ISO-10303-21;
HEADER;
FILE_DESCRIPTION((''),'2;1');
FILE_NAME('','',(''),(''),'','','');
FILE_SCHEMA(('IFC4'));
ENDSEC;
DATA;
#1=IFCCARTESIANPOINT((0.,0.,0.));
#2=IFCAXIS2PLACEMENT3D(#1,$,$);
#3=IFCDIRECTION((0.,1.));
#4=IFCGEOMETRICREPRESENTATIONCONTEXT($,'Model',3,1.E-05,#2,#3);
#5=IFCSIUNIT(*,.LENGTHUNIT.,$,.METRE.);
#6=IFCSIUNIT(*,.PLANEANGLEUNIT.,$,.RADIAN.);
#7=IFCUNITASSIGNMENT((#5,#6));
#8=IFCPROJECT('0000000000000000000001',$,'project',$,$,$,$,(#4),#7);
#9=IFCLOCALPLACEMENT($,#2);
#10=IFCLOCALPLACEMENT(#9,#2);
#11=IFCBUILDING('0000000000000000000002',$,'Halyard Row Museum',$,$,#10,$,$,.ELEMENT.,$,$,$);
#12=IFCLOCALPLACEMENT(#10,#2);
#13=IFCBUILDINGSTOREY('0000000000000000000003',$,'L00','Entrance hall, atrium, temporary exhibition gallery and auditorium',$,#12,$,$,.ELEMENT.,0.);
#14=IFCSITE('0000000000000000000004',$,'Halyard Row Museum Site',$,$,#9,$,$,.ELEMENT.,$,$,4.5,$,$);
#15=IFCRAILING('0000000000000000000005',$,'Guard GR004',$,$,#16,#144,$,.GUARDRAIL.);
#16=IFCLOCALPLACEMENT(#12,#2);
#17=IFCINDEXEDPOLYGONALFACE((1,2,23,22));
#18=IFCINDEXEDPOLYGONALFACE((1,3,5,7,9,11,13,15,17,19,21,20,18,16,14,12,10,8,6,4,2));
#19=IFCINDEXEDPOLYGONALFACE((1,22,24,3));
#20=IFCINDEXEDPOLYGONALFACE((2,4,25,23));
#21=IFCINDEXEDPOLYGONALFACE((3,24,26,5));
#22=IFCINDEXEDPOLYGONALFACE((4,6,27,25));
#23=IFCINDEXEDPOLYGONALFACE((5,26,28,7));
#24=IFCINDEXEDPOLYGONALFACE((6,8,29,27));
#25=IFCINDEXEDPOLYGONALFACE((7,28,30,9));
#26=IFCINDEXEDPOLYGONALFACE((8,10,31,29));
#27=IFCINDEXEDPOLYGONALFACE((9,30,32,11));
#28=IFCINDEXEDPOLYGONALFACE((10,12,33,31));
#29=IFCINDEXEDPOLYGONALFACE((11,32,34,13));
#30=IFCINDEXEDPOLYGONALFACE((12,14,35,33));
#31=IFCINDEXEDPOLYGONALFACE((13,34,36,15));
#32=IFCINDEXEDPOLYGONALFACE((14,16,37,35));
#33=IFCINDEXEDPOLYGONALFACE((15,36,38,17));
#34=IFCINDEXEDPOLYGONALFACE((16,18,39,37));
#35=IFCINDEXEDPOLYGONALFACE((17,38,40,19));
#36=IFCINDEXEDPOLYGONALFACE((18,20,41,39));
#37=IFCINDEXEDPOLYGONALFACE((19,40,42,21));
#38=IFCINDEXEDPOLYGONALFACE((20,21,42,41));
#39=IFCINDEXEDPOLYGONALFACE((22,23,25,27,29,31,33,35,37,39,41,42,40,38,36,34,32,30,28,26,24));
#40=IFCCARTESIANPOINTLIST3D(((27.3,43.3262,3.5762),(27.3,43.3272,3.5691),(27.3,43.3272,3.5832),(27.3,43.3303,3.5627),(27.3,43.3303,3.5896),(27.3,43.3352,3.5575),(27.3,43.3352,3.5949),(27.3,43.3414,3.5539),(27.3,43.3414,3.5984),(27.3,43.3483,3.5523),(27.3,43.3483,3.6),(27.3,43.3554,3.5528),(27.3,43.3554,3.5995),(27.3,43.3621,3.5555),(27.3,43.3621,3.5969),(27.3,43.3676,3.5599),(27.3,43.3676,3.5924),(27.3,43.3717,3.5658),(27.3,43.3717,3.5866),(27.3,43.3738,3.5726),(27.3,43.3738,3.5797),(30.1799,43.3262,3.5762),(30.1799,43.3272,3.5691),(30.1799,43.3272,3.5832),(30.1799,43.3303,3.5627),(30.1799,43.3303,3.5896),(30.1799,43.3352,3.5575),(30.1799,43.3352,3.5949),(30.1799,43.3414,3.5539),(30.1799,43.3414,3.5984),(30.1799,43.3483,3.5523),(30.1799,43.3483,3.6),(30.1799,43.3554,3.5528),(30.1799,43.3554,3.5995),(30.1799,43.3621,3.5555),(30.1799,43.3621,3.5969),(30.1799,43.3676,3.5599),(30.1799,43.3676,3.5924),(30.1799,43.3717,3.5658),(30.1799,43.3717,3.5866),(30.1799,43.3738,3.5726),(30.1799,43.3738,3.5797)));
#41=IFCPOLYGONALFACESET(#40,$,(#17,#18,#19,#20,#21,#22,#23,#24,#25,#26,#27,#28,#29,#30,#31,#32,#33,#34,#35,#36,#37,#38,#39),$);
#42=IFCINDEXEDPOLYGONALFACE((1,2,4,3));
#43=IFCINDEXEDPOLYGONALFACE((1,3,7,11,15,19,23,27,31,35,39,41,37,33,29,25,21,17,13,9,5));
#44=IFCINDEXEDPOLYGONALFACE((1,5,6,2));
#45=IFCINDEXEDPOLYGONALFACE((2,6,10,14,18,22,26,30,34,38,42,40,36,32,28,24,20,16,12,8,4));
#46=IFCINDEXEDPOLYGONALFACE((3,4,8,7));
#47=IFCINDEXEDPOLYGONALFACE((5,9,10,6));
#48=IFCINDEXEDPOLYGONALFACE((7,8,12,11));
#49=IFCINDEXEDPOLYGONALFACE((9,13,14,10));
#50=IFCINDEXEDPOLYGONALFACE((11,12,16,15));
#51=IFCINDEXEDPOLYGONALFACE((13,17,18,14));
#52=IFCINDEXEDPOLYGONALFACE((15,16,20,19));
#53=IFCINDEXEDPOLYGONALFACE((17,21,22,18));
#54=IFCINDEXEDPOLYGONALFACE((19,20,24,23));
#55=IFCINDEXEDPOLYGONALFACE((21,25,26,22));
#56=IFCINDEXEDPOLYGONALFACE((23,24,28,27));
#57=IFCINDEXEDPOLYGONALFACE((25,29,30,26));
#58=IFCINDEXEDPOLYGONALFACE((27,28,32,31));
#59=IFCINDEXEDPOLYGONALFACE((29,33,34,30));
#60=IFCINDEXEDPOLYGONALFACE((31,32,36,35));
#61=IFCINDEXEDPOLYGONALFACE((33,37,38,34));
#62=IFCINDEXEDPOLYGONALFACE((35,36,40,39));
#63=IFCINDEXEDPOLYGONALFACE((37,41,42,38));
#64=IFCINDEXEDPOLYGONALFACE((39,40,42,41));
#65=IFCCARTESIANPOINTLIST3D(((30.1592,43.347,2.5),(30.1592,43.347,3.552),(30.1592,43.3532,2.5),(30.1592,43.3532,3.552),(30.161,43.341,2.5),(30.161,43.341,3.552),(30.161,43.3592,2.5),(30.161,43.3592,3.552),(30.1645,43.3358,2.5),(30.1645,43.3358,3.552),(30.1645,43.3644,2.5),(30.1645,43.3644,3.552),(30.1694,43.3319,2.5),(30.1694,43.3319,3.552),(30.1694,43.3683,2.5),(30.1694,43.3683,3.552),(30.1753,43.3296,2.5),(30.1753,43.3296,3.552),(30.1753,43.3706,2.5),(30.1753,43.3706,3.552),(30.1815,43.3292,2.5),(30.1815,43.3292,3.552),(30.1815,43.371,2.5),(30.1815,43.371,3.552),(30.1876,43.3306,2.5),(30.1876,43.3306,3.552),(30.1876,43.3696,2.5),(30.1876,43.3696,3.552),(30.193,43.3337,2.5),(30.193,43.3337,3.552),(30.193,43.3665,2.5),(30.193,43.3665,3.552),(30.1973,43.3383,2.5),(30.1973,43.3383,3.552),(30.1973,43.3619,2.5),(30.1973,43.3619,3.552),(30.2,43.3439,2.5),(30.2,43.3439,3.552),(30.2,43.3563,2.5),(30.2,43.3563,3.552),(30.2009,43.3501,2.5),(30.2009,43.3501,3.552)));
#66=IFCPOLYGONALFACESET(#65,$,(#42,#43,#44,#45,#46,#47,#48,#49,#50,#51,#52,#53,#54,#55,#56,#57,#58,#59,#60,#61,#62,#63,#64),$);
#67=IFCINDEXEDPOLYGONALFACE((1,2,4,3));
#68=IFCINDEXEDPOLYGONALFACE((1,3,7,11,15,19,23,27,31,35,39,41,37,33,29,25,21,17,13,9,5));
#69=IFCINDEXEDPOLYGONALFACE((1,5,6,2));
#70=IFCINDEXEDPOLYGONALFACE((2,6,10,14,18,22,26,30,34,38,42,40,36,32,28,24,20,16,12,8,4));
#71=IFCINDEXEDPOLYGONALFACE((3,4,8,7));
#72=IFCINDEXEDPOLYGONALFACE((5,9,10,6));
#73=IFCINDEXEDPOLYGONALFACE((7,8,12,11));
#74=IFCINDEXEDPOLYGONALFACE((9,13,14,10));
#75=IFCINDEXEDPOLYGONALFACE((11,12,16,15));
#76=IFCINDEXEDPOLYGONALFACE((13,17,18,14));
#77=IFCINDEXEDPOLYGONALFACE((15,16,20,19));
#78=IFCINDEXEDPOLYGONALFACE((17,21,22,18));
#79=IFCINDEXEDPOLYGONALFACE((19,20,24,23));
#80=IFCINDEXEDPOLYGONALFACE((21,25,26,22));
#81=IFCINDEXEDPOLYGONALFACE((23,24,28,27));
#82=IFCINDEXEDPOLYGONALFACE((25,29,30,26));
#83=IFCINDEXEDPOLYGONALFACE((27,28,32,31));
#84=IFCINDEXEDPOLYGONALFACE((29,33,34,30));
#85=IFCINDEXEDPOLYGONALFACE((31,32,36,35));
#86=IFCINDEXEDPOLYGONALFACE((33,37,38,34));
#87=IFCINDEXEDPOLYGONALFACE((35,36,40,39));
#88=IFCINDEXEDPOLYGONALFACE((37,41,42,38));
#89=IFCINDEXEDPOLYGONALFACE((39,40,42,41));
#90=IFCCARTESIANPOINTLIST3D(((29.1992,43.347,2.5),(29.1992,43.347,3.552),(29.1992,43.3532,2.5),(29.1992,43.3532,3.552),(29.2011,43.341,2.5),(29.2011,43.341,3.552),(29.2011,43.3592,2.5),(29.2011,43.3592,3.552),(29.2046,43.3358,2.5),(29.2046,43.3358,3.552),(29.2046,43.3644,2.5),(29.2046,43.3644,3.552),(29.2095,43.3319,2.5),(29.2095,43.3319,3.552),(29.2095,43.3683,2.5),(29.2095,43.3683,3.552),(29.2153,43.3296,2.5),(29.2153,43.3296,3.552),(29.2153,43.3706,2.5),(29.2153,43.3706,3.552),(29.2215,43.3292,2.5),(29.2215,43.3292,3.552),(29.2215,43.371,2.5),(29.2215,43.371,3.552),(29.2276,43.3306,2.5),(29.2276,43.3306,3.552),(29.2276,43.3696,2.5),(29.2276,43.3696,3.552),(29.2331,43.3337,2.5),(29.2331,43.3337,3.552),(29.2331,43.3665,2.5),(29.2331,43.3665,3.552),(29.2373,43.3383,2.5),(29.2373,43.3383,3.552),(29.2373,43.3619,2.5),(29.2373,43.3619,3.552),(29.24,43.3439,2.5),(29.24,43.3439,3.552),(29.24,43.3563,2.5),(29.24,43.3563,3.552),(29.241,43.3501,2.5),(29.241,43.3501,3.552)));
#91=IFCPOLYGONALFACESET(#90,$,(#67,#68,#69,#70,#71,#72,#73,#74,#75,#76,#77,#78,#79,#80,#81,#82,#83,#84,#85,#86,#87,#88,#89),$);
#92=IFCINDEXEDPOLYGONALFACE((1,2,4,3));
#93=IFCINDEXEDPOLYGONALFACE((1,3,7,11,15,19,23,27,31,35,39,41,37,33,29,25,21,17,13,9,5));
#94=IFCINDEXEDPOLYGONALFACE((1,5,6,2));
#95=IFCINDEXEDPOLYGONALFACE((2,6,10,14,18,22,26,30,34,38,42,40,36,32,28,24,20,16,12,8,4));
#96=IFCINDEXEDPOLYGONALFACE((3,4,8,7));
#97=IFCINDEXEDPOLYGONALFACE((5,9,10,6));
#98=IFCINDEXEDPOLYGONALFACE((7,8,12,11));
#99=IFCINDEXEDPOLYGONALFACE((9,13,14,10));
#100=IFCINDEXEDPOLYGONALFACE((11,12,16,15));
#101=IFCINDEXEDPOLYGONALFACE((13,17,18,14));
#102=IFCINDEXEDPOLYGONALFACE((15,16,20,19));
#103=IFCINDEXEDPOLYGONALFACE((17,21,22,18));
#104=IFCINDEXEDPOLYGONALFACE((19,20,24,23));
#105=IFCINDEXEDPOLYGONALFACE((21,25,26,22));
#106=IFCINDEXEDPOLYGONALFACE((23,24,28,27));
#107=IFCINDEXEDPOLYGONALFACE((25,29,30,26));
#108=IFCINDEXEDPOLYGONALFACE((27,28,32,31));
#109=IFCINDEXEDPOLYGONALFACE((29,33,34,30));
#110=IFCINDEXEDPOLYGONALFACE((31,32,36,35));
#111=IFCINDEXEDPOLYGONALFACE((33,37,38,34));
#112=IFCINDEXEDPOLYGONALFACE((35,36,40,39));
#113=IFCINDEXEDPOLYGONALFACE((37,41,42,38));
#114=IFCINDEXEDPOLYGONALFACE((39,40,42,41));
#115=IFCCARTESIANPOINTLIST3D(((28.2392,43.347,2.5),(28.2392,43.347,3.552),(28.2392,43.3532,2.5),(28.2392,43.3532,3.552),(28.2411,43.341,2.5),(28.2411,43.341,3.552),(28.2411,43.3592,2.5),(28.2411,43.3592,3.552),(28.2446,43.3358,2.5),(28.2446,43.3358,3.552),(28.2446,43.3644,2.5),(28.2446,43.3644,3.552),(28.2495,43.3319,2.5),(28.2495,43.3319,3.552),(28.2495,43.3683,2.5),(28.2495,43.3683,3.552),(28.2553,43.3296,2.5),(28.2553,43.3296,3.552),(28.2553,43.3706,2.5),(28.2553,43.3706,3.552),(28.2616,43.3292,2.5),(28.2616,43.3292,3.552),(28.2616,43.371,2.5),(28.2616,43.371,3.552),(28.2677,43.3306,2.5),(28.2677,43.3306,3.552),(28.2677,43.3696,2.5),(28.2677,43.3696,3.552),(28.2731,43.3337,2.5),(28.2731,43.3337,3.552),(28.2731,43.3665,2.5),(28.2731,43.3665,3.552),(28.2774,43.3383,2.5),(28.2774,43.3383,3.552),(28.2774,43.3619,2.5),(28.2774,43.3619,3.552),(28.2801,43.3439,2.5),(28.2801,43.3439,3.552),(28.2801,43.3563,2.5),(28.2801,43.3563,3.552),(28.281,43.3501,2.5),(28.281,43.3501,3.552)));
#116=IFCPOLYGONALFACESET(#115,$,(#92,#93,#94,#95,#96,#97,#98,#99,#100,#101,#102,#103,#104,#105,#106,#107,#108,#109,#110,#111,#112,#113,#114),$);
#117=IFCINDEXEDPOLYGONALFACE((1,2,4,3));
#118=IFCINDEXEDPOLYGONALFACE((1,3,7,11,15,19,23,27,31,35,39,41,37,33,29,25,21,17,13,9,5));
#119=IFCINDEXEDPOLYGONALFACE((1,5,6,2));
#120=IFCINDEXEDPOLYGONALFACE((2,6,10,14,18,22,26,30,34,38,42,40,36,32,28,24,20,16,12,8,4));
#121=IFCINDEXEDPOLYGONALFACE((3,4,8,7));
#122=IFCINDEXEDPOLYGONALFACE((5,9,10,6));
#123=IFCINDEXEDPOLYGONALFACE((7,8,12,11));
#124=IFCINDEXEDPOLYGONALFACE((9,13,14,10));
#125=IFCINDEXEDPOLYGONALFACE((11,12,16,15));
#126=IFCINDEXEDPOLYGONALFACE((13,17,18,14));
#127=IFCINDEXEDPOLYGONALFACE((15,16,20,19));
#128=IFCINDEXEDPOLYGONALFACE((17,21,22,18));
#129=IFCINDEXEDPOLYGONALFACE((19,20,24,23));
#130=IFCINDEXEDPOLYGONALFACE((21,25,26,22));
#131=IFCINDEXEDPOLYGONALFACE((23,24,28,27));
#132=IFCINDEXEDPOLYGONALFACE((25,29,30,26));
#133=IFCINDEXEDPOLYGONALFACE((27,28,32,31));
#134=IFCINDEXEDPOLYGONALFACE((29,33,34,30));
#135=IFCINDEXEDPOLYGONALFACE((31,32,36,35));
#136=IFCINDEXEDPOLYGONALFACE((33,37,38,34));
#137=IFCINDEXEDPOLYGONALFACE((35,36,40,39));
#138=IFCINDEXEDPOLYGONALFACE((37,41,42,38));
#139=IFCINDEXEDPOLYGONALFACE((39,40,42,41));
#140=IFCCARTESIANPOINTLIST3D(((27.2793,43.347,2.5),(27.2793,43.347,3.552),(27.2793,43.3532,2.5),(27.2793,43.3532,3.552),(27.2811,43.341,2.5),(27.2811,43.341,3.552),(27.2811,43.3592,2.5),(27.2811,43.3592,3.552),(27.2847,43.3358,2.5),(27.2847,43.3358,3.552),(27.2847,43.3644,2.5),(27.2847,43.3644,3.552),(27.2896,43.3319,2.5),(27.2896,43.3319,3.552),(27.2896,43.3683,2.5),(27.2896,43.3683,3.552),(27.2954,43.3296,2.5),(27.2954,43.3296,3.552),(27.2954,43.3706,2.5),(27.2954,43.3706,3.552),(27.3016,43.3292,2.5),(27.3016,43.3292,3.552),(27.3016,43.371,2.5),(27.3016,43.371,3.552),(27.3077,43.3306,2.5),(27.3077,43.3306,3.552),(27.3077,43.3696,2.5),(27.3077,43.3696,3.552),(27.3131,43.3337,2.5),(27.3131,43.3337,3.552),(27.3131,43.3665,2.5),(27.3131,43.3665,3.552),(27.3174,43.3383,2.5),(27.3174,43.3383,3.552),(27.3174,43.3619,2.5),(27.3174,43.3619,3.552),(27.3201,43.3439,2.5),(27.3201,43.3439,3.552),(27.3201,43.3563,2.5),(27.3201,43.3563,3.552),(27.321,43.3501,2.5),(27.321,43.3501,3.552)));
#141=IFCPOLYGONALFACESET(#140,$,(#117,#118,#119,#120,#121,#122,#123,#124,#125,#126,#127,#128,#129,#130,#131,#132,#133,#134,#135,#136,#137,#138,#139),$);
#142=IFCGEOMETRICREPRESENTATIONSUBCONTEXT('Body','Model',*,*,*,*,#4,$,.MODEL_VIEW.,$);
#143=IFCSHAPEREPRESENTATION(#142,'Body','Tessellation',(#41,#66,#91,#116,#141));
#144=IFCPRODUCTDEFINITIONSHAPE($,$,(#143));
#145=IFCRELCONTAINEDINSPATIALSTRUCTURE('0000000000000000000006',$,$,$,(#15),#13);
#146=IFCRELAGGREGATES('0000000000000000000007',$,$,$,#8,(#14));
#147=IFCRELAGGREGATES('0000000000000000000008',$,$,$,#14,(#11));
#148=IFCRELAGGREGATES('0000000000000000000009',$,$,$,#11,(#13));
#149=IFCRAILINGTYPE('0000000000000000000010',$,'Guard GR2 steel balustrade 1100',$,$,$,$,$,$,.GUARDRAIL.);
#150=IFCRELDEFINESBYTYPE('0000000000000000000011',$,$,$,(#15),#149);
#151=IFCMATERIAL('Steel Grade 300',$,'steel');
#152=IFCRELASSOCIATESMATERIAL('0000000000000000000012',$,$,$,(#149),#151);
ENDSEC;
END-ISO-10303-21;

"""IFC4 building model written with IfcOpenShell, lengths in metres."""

from ifc_helpers import new_model, si_unit, direction, frame, origin, origin_2d, place, context, subcontext, project, spatial, circle, extrude, material, type_object, element, save


model = new_model("IFC4")

# Units and contexts
model_context = context("Model", 3, precision=1e-05, world=origin(), true_north=direction((0.0, 1.0)))
body_context = subcontext(model_context, "Body", "Model", "MODEL_VIEW")
ifc_project = project(units=[si_unit("LENGTHUNIT", "METRE"), si_unit("PLANEANGLEUNIT", "RADIAN")], contexts=[model_context])

# Site, building, storey
site_placement = place(None, origin())
site = spatial("IfcSite", under=ifc_project, at=site_placement, Name="Halyard Row Museum Site", CompositionType="ELEMENT", RefElevation=4.5)
building_placement = place(site_placement, origin())
building = spatial("IfcBuilding", under=site, at=building_placement, Name="Halyard Row Museum", CompositionType="ELEMENT")
storey_placement = place(building_placement, origin())
storey = spatial("IfcBuildingStorey", under=building, at=storey_placement, Name="L00", Description="Entrance hall, atrium, temporary exhibition gallery and auditorium", CompositionType="ELEMENT", Elevation=0.0)

# Railing
ifc_material_1 = material(Name="Steel Grade 300", Category="steel")
railing_type_1 = type_object("IfcRailingType", Name="Guard GR2 steel balustrade 1100", PredefinedType="GUARDRAIL", material=ifc_material_1)
railing_1_placement = place(storey_placement, frame((30.1799, 43.3501, 2.5)))
element("IfcRailing", 1, at=railing_1_placement, inside=storey, type_object=railing_type_1, Name="Guard GR004", PredefinedType="GUARDRAIL", context=body_context, shape_type="SweptSolid", body=[
    extrude(circle(Radius=0.0239, at=origin_2d()), frame((0.0, 0.0, 1.0762), z_axis=(-1.0, 0.0, 0.0), x_axis=(0.0, -1.0, 0.0)), (0.0, 0.0, 1.0), 2.8799),
    extrude(circle(Radius=0.021, at=origin_2d()), origin(), (0.0, 0.0, 1.0), 1.052),
    extrude(circle(Radius=0.021, at=origin_2d()), frame((-0.96, 0.0, 0.0)), (0.0, 0.0, 1.0), 1.052),
    extrude(circle(Radius=0.021, at=origin_2d()), frame((-1.9199, 0.0, 0.0)), (0.0, 0.0, 1.0), 1.052),
    extrude(circle(Radius=0.021, at=origin_2d()), frame((-2.8799, 0.0, 0.0)), (0.0, 0.0, 1.0), 1.052),
])

save(model, "model.ifc")
